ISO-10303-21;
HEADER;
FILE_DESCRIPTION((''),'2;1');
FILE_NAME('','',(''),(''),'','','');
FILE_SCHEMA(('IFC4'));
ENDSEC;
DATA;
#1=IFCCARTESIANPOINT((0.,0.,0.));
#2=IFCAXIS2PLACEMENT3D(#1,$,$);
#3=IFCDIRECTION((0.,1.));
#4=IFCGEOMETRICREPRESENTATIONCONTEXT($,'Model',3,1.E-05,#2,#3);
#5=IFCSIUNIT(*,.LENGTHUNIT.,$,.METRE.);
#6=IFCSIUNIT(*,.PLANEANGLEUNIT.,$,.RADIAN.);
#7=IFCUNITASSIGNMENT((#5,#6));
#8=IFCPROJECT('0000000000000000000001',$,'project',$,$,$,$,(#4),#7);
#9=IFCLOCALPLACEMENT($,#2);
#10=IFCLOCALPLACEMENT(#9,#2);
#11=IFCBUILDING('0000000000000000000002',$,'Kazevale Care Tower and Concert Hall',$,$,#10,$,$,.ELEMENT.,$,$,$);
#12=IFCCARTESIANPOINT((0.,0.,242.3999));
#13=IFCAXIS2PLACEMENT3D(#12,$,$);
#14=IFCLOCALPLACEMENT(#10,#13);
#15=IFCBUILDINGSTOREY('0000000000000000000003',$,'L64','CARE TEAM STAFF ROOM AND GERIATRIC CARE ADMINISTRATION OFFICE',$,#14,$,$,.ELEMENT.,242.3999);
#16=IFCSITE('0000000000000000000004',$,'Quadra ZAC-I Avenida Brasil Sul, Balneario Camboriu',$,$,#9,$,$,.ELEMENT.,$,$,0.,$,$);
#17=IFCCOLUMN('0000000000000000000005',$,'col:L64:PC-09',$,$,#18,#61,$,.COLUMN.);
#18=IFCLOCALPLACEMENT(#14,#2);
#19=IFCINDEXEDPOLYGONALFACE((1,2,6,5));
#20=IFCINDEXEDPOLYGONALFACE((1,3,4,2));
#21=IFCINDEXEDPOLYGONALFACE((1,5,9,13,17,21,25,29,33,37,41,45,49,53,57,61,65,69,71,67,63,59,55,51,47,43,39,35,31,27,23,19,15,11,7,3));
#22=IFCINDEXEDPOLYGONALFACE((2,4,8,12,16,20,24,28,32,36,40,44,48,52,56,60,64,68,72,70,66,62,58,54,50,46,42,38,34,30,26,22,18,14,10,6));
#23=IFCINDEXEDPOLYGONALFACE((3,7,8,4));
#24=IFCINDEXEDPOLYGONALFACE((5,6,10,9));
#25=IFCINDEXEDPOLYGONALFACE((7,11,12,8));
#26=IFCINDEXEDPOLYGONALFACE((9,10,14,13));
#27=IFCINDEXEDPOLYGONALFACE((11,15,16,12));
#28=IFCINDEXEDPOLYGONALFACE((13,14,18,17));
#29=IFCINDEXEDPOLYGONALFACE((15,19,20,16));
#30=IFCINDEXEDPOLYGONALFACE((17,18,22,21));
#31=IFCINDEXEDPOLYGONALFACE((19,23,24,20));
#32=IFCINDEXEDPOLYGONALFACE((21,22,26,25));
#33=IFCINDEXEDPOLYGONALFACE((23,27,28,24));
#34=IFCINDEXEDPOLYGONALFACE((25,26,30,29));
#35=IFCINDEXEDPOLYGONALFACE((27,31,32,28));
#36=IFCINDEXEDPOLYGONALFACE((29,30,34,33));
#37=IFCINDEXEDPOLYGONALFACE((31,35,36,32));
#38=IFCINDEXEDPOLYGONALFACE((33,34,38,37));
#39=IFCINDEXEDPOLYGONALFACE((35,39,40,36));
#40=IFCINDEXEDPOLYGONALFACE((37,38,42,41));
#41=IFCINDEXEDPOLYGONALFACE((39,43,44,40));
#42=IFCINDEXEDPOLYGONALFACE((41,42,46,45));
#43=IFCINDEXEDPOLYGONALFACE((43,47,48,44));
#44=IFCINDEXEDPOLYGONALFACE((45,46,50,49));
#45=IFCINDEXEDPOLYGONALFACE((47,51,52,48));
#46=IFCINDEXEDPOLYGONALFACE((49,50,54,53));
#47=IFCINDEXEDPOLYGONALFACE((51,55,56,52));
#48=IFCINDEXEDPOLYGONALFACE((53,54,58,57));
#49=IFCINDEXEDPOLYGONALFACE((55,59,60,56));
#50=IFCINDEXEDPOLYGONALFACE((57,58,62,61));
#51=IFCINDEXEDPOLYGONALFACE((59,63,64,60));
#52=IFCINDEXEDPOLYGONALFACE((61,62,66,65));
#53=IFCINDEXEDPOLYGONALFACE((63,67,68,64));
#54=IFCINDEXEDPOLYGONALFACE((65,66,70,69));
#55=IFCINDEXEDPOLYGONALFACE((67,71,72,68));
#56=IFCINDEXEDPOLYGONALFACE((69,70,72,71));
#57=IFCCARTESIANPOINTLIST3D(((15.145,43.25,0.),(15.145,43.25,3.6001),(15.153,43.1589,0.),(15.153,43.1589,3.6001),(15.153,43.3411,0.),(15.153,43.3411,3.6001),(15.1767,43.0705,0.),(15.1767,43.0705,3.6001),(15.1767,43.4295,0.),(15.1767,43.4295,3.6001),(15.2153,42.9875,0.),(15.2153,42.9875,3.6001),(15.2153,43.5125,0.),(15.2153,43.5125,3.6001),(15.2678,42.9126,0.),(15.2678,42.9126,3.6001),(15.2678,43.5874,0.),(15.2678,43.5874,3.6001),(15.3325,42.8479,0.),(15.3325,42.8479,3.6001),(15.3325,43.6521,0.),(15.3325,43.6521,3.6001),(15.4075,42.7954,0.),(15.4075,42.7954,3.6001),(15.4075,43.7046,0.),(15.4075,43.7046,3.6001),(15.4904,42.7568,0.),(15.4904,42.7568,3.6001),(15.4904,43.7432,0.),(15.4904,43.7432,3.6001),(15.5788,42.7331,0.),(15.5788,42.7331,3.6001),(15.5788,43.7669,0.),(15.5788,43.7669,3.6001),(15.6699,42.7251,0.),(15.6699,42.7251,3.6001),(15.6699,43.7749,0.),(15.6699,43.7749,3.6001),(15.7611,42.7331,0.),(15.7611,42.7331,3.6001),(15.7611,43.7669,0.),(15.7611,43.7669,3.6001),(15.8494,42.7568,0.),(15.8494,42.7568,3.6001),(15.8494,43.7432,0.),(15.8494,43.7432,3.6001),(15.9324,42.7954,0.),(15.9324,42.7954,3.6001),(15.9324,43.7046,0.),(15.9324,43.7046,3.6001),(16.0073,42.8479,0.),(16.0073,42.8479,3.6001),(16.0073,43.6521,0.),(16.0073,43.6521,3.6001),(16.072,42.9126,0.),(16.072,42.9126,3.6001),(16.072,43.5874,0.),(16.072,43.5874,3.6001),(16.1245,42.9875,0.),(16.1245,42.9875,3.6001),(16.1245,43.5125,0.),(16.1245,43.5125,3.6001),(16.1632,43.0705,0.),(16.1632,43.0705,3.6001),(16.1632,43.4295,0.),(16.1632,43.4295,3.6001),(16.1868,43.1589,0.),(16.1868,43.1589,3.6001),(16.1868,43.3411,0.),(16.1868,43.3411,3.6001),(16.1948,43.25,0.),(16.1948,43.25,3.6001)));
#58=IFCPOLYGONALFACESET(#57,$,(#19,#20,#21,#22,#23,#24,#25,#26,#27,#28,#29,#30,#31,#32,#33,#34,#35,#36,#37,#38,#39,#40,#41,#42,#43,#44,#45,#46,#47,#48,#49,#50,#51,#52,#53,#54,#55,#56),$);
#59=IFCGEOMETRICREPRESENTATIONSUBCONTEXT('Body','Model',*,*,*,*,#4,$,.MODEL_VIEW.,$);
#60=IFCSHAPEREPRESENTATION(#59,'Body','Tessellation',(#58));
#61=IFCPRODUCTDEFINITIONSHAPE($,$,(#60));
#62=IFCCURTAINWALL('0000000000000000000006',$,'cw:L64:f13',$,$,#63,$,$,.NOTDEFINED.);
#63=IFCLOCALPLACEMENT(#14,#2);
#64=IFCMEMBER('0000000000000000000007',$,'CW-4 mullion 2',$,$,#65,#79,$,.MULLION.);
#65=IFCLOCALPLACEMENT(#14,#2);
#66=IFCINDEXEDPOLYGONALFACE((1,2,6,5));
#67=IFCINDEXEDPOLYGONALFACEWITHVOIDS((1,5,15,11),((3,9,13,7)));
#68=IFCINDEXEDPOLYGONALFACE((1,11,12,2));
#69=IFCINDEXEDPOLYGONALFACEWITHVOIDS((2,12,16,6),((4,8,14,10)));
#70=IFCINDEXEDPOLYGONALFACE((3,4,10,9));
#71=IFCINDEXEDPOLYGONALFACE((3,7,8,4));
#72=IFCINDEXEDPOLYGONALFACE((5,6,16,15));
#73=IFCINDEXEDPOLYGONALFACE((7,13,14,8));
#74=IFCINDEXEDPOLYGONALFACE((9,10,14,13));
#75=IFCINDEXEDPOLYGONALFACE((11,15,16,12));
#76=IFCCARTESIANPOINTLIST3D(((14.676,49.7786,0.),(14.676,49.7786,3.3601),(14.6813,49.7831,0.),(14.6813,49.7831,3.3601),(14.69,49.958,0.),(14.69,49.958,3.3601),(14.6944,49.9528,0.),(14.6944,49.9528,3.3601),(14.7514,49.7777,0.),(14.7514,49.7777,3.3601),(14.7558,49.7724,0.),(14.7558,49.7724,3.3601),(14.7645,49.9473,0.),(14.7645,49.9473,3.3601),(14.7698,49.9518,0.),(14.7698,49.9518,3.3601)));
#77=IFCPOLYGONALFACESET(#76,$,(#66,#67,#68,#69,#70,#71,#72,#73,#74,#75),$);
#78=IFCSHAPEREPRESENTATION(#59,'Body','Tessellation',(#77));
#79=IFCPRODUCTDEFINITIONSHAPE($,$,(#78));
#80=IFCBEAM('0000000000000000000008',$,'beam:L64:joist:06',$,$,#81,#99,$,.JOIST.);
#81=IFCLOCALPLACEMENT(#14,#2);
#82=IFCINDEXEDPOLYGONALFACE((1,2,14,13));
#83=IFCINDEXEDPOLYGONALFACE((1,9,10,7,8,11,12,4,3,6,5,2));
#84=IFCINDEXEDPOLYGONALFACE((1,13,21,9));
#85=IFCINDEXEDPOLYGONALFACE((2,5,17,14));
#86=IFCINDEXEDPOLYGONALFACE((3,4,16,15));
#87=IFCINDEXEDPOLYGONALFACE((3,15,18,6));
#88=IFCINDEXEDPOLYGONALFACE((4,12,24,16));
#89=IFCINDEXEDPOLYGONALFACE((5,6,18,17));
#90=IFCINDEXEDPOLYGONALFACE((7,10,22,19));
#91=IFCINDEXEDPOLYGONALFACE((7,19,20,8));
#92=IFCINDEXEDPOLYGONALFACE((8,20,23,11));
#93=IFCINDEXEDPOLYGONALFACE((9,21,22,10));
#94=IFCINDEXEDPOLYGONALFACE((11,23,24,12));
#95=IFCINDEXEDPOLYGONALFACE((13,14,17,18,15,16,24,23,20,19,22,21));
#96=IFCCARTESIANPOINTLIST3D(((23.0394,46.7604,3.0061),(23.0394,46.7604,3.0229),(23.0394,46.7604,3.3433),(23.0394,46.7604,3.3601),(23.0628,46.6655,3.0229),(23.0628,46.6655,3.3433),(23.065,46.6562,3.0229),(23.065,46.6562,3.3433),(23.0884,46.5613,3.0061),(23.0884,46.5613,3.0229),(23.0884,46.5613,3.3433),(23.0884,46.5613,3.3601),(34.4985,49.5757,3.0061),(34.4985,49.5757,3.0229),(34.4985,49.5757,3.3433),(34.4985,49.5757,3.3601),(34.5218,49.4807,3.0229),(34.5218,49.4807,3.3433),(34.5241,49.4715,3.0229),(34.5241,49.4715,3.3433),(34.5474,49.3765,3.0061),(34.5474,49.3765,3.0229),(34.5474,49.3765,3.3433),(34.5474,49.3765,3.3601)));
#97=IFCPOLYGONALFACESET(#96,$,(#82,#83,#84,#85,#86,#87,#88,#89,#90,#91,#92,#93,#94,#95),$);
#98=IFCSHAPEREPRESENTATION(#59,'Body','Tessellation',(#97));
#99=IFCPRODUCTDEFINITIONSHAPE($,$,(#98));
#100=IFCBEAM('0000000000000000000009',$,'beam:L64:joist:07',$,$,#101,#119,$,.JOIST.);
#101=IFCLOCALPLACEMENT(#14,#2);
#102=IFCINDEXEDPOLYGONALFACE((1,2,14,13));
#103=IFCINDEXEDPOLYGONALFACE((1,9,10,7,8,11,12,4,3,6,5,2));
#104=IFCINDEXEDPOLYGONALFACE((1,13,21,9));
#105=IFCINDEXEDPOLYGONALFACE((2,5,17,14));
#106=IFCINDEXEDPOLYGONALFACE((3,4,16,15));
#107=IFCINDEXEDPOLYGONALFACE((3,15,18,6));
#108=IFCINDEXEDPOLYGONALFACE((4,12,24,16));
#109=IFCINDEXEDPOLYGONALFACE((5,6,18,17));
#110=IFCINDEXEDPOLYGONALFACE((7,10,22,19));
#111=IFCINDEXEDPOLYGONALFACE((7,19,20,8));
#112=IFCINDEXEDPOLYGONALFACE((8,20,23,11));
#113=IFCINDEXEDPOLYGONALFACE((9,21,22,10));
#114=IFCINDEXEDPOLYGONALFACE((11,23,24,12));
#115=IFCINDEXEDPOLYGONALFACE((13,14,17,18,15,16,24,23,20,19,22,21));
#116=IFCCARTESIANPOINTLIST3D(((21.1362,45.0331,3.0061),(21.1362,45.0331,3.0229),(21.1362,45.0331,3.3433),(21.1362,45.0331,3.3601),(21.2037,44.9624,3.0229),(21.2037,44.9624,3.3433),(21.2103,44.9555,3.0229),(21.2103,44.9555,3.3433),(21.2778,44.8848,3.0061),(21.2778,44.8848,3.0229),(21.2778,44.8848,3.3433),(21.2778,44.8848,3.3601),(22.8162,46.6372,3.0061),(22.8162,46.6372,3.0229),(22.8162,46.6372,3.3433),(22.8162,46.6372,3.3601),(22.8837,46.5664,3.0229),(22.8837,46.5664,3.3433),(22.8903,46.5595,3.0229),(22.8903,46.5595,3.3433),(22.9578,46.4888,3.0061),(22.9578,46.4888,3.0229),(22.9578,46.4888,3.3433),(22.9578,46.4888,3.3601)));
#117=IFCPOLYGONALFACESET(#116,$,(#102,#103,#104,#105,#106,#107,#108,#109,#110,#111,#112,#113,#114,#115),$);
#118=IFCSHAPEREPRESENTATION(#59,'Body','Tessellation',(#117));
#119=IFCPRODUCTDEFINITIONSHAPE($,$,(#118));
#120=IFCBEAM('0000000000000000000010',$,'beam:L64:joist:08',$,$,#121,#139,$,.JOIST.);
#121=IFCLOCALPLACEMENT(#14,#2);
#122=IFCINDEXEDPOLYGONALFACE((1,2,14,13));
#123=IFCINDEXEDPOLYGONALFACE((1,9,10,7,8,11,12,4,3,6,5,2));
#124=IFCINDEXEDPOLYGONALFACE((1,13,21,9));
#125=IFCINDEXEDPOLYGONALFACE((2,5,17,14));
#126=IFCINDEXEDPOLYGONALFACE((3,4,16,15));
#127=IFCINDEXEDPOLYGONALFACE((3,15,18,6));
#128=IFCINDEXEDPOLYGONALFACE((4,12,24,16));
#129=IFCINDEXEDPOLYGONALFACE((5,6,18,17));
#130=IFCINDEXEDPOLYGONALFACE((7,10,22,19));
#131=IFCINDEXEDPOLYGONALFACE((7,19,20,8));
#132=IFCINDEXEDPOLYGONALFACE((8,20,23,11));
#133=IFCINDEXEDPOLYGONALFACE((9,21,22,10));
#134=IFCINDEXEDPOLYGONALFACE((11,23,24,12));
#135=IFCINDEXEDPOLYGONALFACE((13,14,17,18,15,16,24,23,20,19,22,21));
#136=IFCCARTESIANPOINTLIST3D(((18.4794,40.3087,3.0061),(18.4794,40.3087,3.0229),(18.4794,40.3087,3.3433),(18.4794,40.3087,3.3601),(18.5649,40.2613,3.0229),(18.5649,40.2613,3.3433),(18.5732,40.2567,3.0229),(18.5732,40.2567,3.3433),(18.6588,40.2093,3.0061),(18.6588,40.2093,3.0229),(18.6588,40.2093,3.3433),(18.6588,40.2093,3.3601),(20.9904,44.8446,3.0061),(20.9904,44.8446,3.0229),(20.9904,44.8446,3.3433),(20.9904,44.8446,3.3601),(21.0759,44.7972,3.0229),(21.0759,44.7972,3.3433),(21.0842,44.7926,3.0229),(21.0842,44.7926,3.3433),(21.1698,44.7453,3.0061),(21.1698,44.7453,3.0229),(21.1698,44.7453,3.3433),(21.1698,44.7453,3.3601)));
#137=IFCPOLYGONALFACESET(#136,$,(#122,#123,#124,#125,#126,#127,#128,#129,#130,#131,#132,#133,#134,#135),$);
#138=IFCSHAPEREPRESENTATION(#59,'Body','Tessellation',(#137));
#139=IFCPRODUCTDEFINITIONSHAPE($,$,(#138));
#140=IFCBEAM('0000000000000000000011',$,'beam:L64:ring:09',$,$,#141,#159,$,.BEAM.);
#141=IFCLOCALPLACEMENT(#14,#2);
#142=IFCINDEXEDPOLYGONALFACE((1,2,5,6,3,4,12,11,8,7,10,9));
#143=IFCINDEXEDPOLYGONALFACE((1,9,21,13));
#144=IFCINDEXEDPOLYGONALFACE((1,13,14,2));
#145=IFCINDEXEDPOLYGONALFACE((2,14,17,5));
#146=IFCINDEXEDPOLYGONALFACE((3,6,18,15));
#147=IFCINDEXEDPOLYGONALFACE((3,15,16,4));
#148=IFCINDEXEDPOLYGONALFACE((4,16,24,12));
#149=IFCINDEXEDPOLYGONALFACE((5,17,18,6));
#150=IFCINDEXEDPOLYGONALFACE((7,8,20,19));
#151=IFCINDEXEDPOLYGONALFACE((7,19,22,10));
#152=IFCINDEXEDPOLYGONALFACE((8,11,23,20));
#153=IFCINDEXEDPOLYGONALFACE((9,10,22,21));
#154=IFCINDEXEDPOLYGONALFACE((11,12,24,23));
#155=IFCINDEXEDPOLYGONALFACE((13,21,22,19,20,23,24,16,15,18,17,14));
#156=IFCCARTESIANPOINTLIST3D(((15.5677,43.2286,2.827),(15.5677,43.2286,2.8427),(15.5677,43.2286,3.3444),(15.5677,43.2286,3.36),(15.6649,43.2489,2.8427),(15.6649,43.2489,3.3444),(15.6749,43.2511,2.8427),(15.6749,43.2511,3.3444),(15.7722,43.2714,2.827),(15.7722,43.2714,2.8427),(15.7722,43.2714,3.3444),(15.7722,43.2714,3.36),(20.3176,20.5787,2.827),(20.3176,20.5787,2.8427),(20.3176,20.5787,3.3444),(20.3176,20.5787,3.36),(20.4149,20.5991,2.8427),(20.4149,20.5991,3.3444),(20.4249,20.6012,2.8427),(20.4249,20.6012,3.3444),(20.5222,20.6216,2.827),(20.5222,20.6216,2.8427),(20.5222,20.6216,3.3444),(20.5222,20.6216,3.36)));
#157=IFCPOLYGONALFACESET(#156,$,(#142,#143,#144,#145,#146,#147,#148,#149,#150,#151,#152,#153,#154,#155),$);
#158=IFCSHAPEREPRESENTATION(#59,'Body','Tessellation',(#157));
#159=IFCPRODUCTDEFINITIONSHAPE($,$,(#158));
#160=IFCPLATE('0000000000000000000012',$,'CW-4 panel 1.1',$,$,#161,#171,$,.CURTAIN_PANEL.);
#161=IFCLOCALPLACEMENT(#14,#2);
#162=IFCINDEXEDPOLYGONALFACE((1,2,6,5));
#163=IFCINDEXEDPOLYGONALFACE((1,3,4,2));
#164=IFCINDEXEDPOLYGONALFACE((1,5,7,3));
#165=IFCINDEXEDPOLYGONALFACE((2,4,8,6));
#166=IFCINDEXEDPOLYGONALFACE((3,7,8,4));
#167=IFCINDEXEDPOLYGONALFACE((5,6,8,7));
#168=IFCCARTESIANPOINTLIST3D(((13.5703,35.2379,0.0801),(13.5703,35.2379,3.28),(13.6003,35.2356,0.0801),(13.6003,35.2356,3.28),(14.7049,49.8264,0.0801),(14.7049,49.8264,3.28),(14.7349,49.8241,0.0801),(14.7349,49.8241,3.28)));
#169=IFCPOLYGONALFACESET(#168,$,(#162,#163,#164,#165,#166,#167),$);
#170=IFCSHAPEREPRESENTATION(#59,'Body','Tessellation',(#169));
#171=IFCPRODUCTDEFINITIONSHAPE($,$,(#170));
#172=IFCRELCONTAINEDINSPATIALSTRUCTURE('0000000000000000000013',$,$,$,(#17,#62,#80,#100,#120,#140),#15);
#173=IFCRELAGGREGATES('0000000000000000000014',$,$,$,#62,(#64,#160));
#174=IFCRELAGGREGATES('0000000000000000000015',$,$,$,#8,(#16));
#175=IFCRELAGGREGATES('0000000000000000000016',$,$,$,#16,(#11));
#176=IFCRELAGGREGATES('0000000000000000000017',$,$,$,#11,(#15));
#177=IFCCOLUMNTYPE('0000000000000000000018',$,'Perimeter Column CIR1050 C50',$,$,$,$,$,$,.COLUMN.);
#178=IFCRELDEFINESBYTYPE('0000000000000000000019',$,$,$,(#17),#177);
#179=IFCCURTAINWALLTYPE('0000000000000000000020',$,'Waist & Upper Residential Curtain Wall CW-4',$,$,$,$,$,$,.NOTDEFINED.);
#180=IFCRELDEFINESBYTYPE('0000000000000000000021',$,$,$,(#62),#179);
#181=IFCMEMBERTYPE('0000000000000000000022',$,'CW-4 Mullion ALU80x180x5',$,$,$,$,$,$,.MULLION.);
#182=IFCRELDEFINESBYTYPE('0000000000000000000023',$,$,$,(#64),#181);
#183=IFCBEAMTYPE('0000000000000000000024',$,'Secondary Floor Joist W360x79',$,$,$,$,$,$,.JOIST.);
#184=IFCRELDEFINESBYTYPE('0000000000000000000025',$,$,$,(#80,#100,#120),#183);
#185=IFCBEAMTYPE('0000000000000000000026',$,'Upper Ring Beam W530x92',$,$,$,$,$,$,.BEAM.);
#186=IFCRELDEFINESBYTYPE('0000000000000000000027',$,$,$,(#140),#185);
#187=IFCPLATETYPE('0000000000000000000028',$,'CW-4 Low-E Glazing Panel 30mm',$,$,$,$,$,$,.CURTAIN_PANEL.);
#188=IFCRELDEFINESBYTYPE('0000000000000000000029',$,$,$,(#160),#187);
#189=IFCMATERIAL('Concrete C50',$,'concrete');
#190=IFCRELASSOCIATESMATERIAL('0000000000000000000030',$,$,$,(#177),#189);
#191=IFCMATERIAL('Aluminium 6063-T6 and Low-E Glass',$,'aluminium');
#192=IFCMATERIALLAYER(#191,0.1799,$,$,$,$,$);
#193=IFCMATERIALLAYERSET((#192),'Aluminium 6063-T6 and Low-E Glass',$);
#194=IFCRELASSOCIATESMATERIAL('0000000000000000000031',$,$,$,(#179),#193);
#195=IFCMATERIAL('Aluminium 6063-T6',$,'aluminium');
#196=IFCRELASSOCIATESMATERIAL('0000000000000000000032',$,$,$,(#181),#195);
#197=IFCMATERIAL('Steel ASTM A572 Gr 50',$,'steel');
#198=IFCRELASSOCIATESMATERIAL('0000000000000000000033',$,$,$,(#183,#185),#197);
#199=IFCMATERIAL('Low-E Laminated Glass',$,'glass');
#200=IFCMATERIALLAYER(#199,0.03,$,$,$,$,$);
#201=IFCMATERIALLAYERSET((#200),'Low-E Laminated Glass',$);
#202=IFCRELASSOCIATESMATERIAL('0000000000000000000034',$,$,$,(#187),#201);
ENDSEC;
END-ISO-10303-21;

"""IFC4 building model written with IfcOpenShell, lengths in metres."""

from ifc_helpers import new_model, si_unit, direction, frame, origin, origin_2d, place, context, subcontext, project, spatial, rectangle, hollow_rectangle, circle, i_section, extrude, material, layer, layer_set, material_profile, profile_set, type_object, element, aggregate, save


model = new_model("IFC4")

# Units and contexts
model_context = context("Model", 3, precision=1e-05, world=origin(), true_north=direction((0.0, 1.0)))
body_context = subcontext(model_context, "Body", "Model", "MODEL_VIEW")
ifc_project = project(units=[si_unit("LENGTHUNIT", "METRE"), si_unit("PLANEANGLEUNIT", "RADIAN")], contexts=[model_context])

# Site, building, storey
site_placement = place(None, origin())
site = spatial("IfcSite", under=ifc_project, at=site_placement, Name="Quadra ZAC-I Avenida Brasil Sul, Balneario Camboriu", CompositionType="ELEMENT", RefElevation=0.0)
building_placement = place(site_placement, origin())
building = spatial("IfcBuilding", under=site, at=building_placement, Name="Kazevale Care Tower and Concert Hall", CompositionType="ELEMENT")
storey_placement = place(building_placement, frame((0.0, 0.0, 242.3999)))
storey = spatial("IfcBuildingStorey", under=building, at=storey_placement, Name="L64", Description="CARE TEAM STAFF ROOM AND GERIATRIC CARE ADMINISTRATION OFFICE", CompositionType="ELEMENT", Elevation=242.3999)

# Column
ifc_material_1 = material(Name="Concrete C50", Category="concrete")
ifc_material_profile_1 = material_profile(ifc_material_1, circle(Radius=0.5249, at=origin_2d()), Name="RC-CIR1050")
ifc_profile_set_1 = profile_set([ifc_material_profile_1], Name="Concrete C50")
column_type = type_object("IfcColumnType", Name="Perimeter Column CIR1050 C50", PredefinedType="COLUMN", material=ifc_profile_set_1)
column_placement = place(storey_placement, frame((15.6699, 43.25, 0.0), z_axis=(0.0, 0.0, 1.0), x_axis=(1.0, 0.0, 0.0)))
element("IfcColumn", 1, at=column_placement, inside=storey, type_object=column_type, Name="col:L64:PC-09", PredefinedType="COLUMN", context=body_context, shape_type="SweptSolid", body=[
    extrude(circle(Radius=0.5249, at=origin_2d()), origin(), (0.0, 0.0, 1.0), 3.6001),
])

# Curtain wall, member
ifc_material_2 = material(Name="Aluminium 6063-T6 and Low-E Glass", Category="aluminium")
ifc_layer_1 = layer(ifc_material_2, 0.1799)
ifc_layer_set_1 = layer_set([ifc_layer_1], Name="Aluminium 6063-T6 and Low-E Glass")
curtain_wall_type = type_object("IfcCurtainWallType", Name="Waist & Upper Residential Curtain Wall CW-4", PredefinedType="NOTDEFINED", material=ifc_layer_set_1)
curtain_wall_placement = place(storey_placement, origin())
curtain_wall = element("IfcCurtainWall", 2, at=curtain_wall_placement, inside=storey, type_object=curtain_wall_type, Name="cw:L64:f13", PredefinedType="NOTDEFINED")
ifc_material_3 = material(Name="Aluminium 6063-T6", Category="aluminium")
ifc_material_profile_2 = material_profile(ifc_material_3, hollow_rectangle(XDim=0.0801, YDim=0.1799, WallThickness=0.0049, at=origin_2d()), Name="ALU80x180x5")
ifc_profile_set_2 = profile_set([ifc_material_profile_2], Name="Aluminium 6063-T6")
member_type = type_object("IfcMemberType", Name="CW-4 Mullion ALU80x180x5", PredefinedType="MULLION", material=ifc_profile_set_2)
member_placement = place(storey_placement, frame((14.7229, 49.8652, 0.0), z_axis=(0.0, 0.0, 1.0), x_axis=(-0.996989, 0.077539, 0.0)))
member = element("IfcMember", 3, at=member_placement, type_object=member_type, Name="CW-4 mullion 2", PredefinedType="MULLION", context=body_context, shape_type="SweptSolid", body=[
    extrude(hollow_rectangle(XDim=0.0801, YDim=0.1799, WallThickness=0.0049, at=origin_2d()), origin(), (0.0, 0.0, 1.0), 3.3601),
])

# Beams
ifc_material_4 = material(Name="Steel ASTM A572 Gr 50", Category="steel")
ifc_material_profile_3 = material_profile(ifc_material_4, i_section(OverallWidth=0.2051, OverallDepth=0.354, WebThickness=0.0095, FlangeThickness=0.0168, at=origin_2d()), Name="W360x79")
ifc_profile_set_3 = profile_set([ifc_material_profile_3], Name="Steel ASTM A572 Gr 50")
beam_type_1 = type_object("IfcBeamType", Name="Secondary Floor Joist W360x79", PredefinedType="JOIST", material=ifc_profile_set_3)
beam_1_placement = place(storey_placement, frame((34.5229, 49.4761, 3.1831), z_axis=(-0.971123, -0.238581, 0.0), x_axis=(0.238581, -0.971123, 0.0)))
element("IfcBeam", 4, at=beam_1_placement, inside=storey, type_object=beam_type_1, Name="beam:L64:joist:06", PredefinedType="JOIST", context=body_context, shape_type="SweptSolid", body=[
    extrude(i_section(OverallWidth=0.2051, OverallDepth=0.354, WebThickness=0.0095, FlangeThickness=0.0168, at=origin_2d()), origin(), (0.0, 0.0, 1.0), 11.7998),
])
beam_2_placement = place(storey_placement, frame((22.887, 46.563, 3.1831), z_axis=(-0.723262, -0.690573, 0.0), x_axis=(0.690573, -0.723262, 0.0)))
element("IfcBeam", 5, at=beam_2_placement, inside=storey, type_object=beam_type_1, Name="beam:L64:joist:07", PredefinedType="JOIST", context=body_context, shape_type="SweptSolid", body=[
    extrude(i_section(OverallWidth=0.2051, OverallDepth=0.354, WebThickness=0.0095, FlangeThickness=0.0168, at=origin_2d()), origin(), (0.0, 0.0, 1.0), 2.3228),
])
beam_3_placement = place(storey_placement, frame((21.0801, 44.7949, 3.1831), z_axis=(-0.484323, -0.874889, 0.0), x_axis=(0.874889, -0.484323, 0.0)))
element("IfcBeam", 6, at=beam_3_placement, inside=storey, type_object=beam_type_1, Name="beam:L64:joist:08", PredefinedType="JOIST", context=body_context, shape_type="SweptSolid", body=[
    extrude(i_section(OverallWidth=0.2051, OverallDepth=0.354, WebThickness=0.0095, FlangeThickness=0.0168, at=origin_2d()), origin(), (0.0, 0.0, 1.0), 5.1846),
])
ifc_material_profile_4 = material_profile(ifc_material_4, i_section(OverallWidth=0.209, OverallDepth=0.533, WebThickness=0.0103, FlangeThickness=0.0156, at=origin_2d()), Name="W530x92")
ifc_profile_set_4 = profile_set([ifc_material_profile_4], Name="Steel ASTM A572 Gr 50")
beam_type_2 = type_object("IfcBeamType", Name="Upper Ring Beam W530x92", PredefinedType="BEAM", material=ifc_profile_set_4)
beam_4_placement = place(storey_placement, frame((15.6699, 43.25, 3.0935), z_axis=(0.205249, -0.97871, 0.0), x_axis=(0.97871, 0.205249, 0.0)))
element("IfcBeam", 7, at=beam_4_placement, inside=storey, type_object=beam_type_2, Name="beam:L64:ring:09", PredefinedType="BEAM", context=body_context, shape_type="SweptSolid", body=[
    extrude(i_section(OverallWidth=0.209, OverallDepth=0.533, WebThickness=0.0103, FlangeThickness=0.0156, at=origin_2d()), origin(), (0.0, 0.0, 1.0), 23.1426),
])

# Plate
ifc_material_5 = material(Name="Low-E Laminated Glass", Category="glass")
ifc_layer_2 = layer(ifc_material_5, 0.03)
ifc_layer_set_2 = layer_set([ifc_layer_2], Name="Low-E Laminated Glass")
plate_type = type_object("IfcPlateType", Name="CW-4 Low-E Glazing Panel 30mm", PredefinedType="CURTAIN_PANEL", material=ifc_layer_set_2)
plate_placement = place(storey_placement, frame((14.1526, 42.531, 0.0801), z_axis=(0.0, 0.0, 1.0), x_axis=(0.077539, 0.996989, 0.0)))
plate = element("IfcPlate", 8, at=plate_placement, type_object=plate_type, Name="CW-4 panel 1.1", PredefinedType="CURTAIN_PANEL", context=body_context, shape_type="SweptSolid", body=[
    extrude(rectangle(XDim=14.6326, YDim=0.03, at=origin_2d()), origin(), (0.0, 0.0, 1.0), 3.2),
])
aggregate(curtain_wall, [member, plate])

save(model, "model.ifc")
